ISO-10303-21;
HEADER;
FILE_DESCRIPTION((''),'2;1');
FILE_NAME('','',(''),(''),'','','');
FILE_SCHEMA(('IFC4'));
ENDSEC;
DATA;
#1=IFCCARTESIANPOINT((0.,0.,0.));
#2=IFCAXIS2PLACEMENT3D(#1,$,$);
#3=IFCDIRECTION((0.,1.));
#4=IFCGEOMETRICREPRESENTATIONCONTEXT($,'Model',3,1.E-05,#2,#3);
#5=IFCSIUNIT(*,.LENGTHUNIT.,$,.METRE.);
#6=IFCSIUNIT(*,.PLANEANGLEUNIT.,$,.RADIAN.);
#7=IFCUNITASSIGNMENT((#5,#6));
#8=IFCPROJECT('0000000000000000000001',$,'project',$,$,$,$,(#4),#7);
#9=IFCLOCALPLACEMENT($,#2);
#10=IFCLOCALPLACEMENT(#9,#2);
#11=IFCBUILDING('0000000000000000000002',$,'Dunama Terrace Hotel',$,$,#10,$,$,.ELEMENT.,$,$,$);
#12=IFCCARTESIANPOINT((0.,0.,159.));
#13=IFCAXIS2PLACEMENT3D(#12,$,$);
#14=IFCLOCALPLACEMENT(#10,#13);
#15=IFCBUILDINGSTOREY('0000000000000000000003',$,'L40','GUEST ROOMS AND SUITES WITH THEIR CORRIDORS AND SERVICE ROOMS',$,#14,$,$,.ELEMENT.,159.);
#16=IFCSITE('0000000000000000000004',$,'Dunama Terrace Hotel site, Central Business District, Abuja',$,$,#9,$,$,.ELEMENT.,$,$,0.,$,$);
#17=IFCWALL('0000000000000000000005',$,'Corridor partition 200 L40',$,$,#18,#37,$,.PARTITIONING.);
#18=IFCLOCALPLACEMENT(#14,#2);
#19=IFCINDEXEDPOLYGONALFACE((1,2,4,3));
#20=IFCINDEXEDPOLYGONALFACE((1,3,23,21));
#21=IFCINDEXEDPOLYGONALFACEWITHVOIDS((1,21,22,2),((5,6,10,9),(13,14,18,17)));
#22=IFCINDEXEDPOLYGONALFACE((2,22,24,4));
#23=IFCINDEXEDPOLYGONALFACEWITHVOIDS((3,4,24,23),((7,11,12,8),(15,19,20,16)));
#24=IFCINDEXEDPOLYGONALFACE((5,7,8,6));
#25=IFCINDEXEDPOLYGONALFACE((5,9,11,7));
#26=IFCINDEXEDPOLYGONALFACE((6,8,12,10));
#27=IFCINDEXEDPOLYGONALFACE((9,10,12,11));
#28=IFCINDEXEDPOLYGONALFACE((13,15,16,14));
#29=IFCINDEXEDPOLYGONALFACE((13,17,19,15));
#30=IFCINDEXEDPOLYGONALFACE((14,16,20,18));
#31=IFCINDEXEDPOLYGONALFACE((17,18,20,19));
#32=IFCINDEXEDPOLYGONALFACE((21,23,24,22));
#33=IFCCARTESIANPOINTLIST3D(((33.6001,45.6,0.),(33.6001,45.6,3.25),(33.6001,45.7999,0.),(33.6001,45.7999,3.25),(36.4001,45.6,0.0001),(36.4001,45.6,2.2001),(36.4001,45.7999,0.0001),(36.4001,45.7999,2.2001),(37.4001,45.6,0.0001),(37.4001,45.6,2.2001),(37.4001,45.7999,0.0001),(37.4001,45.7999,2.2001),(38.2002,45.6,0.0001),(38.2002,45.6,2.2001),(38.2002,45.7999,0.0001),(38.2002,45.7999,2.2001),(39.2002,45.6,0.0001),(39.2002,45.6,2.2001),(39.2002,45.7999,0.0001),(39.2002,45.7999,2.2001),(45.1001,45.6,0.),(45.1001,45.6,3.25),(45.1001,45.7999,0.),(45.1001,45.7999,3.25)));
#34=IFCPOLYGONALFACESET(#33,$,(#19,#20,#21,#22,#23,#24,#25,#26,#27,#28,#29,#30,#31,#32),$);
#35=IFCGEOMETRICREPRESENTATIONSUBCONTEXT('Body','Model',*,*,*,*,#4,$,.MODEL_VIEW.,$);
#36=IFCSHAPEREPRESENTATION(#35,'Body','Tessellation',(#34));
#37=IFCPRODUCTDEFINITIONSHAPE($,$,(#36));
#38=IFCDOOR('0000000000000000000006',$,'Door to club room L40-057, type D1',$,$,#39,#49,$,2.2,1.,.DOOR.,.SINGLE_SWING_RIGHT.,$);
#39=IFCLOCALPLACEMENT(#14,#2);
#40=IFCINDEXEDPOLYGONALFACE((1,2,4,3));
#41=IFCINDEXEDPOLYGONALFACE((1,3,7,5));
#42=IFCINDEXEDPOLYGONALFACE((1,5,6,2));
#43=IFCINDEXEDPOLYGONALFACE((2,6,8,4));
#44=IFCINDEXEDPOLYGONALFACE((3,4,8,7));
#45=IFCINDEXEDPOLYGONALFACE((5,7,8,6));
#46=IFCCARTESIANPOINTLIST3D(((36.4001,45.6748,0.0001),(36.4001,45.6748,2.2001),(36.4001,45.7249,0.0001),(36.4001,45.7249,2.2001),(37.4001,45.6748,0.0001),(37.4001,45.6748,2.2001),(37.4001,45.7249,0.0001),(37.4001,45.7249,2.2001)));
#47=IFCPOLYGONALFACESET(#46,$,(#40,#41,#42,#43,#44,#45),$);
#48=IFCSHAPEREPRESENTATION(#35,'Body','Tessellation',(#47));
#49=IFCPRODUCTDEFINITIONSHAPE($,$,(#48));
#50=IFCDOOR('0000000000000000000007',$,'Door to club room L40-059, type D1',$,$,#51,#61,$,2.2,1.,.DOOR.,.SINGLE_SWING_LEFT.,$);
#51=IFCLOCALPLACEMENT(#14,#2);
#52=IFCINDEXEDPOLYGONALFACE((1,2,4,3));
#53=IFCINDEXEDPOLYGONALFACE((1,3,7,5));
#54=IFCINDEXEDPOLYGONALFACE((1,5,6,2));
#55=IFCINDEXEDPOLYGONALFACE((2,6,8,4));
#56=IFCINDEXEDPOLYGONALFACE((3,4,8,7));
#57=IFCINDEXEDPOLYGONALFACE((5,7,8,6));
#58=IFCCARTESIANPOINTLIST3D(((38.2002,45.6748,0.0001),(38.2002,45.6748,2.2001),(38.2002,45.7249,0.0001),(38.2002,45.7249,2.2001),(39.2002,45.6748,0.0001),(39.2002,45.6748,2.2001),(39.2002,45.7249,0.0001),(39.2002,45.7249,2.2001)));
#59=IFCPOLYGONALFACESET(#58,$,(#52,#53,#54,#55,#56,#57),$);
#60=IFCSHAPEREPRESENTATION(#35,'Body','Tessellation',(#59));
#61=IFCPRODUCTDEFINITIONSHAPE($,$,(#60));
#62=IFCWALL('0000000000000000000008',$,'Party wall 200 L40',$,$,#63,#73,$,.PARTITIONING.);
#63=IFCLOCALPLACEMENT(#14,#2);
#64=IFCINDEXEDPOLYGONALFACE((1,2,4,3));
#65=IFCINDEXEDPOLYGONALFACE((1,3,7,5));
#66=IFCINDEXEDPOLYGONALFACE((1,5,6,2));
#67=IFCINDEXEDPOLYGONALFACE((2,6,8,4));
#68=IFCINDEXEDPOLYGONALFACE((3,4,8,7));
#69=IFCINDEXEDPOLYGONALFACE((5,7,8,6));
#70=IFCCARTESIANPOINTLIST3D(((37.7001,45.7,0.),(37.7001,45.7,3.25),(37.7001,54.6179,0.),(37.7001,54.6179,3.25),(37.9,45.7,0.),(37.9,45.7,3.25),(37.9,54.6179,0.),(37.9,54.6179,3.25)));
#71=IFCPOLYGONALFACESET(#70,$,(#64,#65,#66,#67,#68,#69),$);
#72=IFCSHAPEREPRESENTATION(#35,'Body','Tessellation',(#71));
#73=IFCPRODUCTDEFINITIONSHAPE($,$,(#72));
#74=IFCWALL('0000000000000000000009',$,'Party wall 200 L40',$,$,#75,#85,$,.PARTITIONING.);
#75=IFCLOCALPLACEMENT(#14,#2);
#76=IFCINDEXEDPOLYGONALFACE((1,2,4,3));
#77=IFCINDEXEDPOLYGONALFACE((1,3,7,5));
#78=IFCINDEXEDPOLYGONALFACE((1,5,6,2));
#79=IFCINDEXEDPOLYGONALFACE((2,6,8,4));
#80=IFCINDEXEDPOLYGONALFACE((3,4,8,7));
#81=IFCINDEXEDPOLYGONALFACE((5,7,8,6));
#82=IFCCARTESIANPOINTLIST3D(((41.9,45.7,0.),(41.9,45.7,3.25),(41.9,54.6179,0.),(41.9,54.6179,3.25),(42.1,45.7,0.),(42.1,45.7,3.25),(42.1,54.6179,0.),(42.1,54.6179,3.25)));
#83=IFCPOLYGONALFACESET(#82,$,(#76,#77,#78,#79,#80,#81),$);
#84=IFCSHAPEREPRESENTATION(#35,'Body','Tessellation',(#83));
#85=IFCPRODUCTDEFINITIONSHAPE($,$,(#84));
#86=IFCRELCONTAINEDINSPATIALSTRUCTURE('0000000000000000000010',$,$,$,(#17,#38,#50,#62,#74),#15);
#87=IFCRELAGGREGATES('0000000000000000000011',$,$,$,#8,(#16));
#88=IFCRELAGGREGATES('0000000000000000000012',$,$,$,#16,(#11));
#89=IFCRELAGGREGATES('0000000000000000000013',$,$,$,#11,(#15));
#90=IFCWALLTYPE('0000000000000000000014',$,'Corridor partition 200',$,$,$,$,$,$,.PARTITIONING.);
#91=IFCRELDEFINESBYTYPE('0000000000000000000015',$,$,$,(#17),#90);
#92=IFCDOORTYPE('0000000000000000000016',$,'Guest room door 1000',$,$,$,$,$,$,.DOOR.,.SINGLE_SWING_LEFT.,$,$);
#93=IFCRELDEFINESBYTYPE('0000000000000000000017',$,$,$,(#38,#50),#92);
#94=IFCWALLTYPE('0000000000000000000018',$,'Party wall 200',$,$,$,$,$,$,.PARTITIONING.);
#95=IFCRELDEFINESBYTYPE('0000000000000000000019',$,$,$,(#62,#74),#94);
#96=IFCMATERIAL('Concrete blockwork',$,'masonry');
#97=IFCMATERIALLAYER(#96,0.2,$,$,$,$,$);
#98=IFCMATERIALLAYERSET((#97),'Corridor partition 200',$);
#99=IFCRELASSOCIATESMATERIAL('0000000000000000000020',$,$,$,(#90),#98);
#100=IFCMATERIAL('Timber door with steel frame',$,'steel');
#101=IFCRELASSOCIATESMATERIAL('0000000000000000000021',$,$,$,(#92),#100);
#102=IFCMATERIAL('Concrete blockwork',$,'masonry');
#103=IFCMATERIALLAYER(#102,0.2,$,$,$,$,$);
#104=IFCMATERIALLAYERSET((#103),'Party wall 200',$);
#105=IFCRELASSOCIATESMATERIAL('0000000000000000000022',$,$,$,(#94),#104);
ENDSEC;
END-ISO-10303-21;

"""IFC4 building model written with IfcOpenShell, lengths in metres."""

from ifc_helpers import new_model, si_unit, direction, frame, frame_2d, origin, place, context, subcontext, project, spatial, rectangle, extrude, material, layer, layer_set, type_object, element, fill, save


model = new_model("IFC4")

# Units and contexts
model_context = context("Model", 3, precision=1e-05, world=origin(), true_north=direction((0.0, 1.0)))
body_context = subcontext(model_context, "Body", "Model", "MODEL_VIEW")
ifc_project = project(units=[si_unit("LENGTHUNIT", "METRE"), si_unit("PLANEANGLEUNIT", "RADIAN")], contexts=[model_context])

# Site, building, storey
site_placement = place(None, origin())
site = spatial("IfcSite", under=ifc_project, at=site_placement, Name="Dunama Terrace Hotel site, Central Business District, Abuja", CompositionType="ELEMENT", RefElevation=0.0)
building_placement = place(site_placement, origin())
building = spatial("IfcBuilding", under=site, at=building_placement, Name="Dunama Terrace Hotel", CompositionType="ELEMENT")
storey_placement = place(building_placement, frame((0.0, 0.0, 159.0)))
storey = spatial("IfcBuildingStorey", under=building, at=storey_placement, Name="L40", Description="GUEST ROOMS AND SUITES WITH THEIR CORRIDORS AND SERVICE ROOMS", CompositionType="ELEMENT", Elevation=159.0)

# Wall, openings, doors
ifc_material_1 = material(Name="Concrete blockwork", Category="masonry")
ifc_layer_1 = layer(ifc_material_1, 0.2)
ifc_layer_set_1 = layer_set([ifc_layer_1], Name="Corridor partition 200")
wall_type_1 = type_object("IfcWallType", Name="Corridor partition 200", PredefinedType="PARTITIONING", material=ifc_layer_set_1)
wall_1_placement = place(storey_placement, frame((33.6001, 45.7, 0.0), z_axis=(0.0, 0.0, 1.0), x_axis=(1.0, 0.0, 0.0)))
wall_1 = element("IfcWall", 1, at=wall_1_placement, inside=storey, type_object=wall_type_1, Name="Corridor partition 200 L40", PredefinedType="PARTITIONING", context=body_context, shape_type="SweptSolid", body=[
    extrude(rectangle(XDim=11.5, YDim=0.2, at=frame_2d((5.75, 0.0))), origin(), (0.0, 0.0, 1.0), 3.25),
])
opening_1_placement = place(wall_1_placement, frame((2.8, 0.0, 0.0)))
opening_1 = element("IfcOpeningElement", 2, at=opening_1_placement, cuts=wall_1, PredefinedType="OPENING", context=body_context, shape_type="SweptSolid", body=[
    extrude(rectangle(XDim=1.0, YDim=2.2, at=frame_2d((0.5, 1.1001))), frame((0.0, 0.1099, 0.0), z_axis=(0.0, -1.0, 0.0), x_axis=(1.0, 0.0, 0.0)), (0.0, 0.0, 1.0), 0.22),
])
opening_2_placement = place(wall_1_placement, frame((4.6001, 0.0, 0.0)))
opening_2 = element("IfcOpeningElement", 3, at=opening_2_placement, cuts=wall_1, PredefinedType="OPENING", context=body_context, shape_type="SweptSolid", body=[
    extrude(rectangle(XDim=1.0, YDim=2.2, at=frame_2d((0.5, 1.1001))), frame((0.0, 0.1099, 0.0), z_axis=(0.0, -1.0, 0.0), x_axis=(1.0, 0.0, 0.0)), (0.0, 0.0, 1.0), 0.22),
])
ifc_material_2 = material(Name="Timber door with steel frame", Category="steel")
door_type_1 = type_object("IfcDoorType", Name="Guest room door 1000", OperationType="SINGLE_SWING_LEFT", PredefinedType="DOOR", material=ifc_material_2)
door_1_placement = place(opening_1_placement, origin())
door_1 = element("IfcDoor", 4, at=door_1_placement, inside=storey, type_object=door_type_1, Name="Door to club room L40-057, type D1", OperationType="SINGLE_SWING_RIGHT", OverallHeight=2.2, OverallWidth=1.0, PredefinedType="DOOR", context=body_context, shape_type="SweptSolid", body=[
    extrude(rectangle(XDim=1.0, YDim=2.2, at=frame_2d((0.5, 1.1001))), frame((0.0, 0.0249, 0.0), z_axis=(0.0, -1.0, 0.0), x_axis=(1.0, 0.0, 0.0)), (0.0, 0.0, 1.0), 0.05),
])
fill(opening_1, door_1)
door_2_placement = place(opening_2_placement, origin())
door_2 = element("IfcDoor", 5, at=door_2_placement, inside=storey, type_object=door_type_1, Name="Door to club room L40-059, type D1", OperationType="SINGLE_SWING_LEFT", OverallHeight=2.2, OverallWidth=1.0, PredefinedType="DOOR", context=body_context, shape_type="SweptSolid", body=[
    extrude(rectangle(XDim=1.0, YDim=2.2, at=frame_2d((0.5, 1.1001))), frame((0.0, 0.0249, 0.0), z_axis=(0.0, -1.0, 0.0), x_axis=(1.0, 0.0, 0.0)), (0.0, 0.0, 1.0), 0.05),
])
fill(opening_2, door_2)

# Walls
ifc_material_3 = material(Name="Concrete blockwork", Category="masonry")
ifc_layer_2 = layer(ifc_material_3, 0.2)
ifc_layer_set_2 = layer_set([ifc_layer_2], Name="Party wall 200")
wall_type_2 = type_object("IfcWallType", Name="Party wall 200", PredefinedType="PARTITIONING", material=ifc_layer_set_2)
for number, where, z_axis, x_axis, name in (
    (6, (37.8, 45.7, 0.0), (0.0, 0.0, 1.0), (0.0, 1.0, 0.0), "Party wall 200 L40"),
    (7, (42.0, 45.7, 0.0), (0.0, 0.0, 1.0), (0.0, 1.0, 0.0), "Party wall 200 L40"),
):
    element("IfcWall", number, at=place(storey_placement, frame(where, z_axis=z_axis, x_axis=x_axis)), inside=storey, type_object=wall_type_2, Name=name, PredefinedType="PARTITIONING", context=body_context, shape_type="SweptSolid", body=[
        extrude(rectangle(XDim=8.918, YDim=0.2, at=frame_2d((4.459, 0.0))), origin(), (0.0, 0.0, 1.0), 3.25),
    ])

save(model, "model.ifc")
